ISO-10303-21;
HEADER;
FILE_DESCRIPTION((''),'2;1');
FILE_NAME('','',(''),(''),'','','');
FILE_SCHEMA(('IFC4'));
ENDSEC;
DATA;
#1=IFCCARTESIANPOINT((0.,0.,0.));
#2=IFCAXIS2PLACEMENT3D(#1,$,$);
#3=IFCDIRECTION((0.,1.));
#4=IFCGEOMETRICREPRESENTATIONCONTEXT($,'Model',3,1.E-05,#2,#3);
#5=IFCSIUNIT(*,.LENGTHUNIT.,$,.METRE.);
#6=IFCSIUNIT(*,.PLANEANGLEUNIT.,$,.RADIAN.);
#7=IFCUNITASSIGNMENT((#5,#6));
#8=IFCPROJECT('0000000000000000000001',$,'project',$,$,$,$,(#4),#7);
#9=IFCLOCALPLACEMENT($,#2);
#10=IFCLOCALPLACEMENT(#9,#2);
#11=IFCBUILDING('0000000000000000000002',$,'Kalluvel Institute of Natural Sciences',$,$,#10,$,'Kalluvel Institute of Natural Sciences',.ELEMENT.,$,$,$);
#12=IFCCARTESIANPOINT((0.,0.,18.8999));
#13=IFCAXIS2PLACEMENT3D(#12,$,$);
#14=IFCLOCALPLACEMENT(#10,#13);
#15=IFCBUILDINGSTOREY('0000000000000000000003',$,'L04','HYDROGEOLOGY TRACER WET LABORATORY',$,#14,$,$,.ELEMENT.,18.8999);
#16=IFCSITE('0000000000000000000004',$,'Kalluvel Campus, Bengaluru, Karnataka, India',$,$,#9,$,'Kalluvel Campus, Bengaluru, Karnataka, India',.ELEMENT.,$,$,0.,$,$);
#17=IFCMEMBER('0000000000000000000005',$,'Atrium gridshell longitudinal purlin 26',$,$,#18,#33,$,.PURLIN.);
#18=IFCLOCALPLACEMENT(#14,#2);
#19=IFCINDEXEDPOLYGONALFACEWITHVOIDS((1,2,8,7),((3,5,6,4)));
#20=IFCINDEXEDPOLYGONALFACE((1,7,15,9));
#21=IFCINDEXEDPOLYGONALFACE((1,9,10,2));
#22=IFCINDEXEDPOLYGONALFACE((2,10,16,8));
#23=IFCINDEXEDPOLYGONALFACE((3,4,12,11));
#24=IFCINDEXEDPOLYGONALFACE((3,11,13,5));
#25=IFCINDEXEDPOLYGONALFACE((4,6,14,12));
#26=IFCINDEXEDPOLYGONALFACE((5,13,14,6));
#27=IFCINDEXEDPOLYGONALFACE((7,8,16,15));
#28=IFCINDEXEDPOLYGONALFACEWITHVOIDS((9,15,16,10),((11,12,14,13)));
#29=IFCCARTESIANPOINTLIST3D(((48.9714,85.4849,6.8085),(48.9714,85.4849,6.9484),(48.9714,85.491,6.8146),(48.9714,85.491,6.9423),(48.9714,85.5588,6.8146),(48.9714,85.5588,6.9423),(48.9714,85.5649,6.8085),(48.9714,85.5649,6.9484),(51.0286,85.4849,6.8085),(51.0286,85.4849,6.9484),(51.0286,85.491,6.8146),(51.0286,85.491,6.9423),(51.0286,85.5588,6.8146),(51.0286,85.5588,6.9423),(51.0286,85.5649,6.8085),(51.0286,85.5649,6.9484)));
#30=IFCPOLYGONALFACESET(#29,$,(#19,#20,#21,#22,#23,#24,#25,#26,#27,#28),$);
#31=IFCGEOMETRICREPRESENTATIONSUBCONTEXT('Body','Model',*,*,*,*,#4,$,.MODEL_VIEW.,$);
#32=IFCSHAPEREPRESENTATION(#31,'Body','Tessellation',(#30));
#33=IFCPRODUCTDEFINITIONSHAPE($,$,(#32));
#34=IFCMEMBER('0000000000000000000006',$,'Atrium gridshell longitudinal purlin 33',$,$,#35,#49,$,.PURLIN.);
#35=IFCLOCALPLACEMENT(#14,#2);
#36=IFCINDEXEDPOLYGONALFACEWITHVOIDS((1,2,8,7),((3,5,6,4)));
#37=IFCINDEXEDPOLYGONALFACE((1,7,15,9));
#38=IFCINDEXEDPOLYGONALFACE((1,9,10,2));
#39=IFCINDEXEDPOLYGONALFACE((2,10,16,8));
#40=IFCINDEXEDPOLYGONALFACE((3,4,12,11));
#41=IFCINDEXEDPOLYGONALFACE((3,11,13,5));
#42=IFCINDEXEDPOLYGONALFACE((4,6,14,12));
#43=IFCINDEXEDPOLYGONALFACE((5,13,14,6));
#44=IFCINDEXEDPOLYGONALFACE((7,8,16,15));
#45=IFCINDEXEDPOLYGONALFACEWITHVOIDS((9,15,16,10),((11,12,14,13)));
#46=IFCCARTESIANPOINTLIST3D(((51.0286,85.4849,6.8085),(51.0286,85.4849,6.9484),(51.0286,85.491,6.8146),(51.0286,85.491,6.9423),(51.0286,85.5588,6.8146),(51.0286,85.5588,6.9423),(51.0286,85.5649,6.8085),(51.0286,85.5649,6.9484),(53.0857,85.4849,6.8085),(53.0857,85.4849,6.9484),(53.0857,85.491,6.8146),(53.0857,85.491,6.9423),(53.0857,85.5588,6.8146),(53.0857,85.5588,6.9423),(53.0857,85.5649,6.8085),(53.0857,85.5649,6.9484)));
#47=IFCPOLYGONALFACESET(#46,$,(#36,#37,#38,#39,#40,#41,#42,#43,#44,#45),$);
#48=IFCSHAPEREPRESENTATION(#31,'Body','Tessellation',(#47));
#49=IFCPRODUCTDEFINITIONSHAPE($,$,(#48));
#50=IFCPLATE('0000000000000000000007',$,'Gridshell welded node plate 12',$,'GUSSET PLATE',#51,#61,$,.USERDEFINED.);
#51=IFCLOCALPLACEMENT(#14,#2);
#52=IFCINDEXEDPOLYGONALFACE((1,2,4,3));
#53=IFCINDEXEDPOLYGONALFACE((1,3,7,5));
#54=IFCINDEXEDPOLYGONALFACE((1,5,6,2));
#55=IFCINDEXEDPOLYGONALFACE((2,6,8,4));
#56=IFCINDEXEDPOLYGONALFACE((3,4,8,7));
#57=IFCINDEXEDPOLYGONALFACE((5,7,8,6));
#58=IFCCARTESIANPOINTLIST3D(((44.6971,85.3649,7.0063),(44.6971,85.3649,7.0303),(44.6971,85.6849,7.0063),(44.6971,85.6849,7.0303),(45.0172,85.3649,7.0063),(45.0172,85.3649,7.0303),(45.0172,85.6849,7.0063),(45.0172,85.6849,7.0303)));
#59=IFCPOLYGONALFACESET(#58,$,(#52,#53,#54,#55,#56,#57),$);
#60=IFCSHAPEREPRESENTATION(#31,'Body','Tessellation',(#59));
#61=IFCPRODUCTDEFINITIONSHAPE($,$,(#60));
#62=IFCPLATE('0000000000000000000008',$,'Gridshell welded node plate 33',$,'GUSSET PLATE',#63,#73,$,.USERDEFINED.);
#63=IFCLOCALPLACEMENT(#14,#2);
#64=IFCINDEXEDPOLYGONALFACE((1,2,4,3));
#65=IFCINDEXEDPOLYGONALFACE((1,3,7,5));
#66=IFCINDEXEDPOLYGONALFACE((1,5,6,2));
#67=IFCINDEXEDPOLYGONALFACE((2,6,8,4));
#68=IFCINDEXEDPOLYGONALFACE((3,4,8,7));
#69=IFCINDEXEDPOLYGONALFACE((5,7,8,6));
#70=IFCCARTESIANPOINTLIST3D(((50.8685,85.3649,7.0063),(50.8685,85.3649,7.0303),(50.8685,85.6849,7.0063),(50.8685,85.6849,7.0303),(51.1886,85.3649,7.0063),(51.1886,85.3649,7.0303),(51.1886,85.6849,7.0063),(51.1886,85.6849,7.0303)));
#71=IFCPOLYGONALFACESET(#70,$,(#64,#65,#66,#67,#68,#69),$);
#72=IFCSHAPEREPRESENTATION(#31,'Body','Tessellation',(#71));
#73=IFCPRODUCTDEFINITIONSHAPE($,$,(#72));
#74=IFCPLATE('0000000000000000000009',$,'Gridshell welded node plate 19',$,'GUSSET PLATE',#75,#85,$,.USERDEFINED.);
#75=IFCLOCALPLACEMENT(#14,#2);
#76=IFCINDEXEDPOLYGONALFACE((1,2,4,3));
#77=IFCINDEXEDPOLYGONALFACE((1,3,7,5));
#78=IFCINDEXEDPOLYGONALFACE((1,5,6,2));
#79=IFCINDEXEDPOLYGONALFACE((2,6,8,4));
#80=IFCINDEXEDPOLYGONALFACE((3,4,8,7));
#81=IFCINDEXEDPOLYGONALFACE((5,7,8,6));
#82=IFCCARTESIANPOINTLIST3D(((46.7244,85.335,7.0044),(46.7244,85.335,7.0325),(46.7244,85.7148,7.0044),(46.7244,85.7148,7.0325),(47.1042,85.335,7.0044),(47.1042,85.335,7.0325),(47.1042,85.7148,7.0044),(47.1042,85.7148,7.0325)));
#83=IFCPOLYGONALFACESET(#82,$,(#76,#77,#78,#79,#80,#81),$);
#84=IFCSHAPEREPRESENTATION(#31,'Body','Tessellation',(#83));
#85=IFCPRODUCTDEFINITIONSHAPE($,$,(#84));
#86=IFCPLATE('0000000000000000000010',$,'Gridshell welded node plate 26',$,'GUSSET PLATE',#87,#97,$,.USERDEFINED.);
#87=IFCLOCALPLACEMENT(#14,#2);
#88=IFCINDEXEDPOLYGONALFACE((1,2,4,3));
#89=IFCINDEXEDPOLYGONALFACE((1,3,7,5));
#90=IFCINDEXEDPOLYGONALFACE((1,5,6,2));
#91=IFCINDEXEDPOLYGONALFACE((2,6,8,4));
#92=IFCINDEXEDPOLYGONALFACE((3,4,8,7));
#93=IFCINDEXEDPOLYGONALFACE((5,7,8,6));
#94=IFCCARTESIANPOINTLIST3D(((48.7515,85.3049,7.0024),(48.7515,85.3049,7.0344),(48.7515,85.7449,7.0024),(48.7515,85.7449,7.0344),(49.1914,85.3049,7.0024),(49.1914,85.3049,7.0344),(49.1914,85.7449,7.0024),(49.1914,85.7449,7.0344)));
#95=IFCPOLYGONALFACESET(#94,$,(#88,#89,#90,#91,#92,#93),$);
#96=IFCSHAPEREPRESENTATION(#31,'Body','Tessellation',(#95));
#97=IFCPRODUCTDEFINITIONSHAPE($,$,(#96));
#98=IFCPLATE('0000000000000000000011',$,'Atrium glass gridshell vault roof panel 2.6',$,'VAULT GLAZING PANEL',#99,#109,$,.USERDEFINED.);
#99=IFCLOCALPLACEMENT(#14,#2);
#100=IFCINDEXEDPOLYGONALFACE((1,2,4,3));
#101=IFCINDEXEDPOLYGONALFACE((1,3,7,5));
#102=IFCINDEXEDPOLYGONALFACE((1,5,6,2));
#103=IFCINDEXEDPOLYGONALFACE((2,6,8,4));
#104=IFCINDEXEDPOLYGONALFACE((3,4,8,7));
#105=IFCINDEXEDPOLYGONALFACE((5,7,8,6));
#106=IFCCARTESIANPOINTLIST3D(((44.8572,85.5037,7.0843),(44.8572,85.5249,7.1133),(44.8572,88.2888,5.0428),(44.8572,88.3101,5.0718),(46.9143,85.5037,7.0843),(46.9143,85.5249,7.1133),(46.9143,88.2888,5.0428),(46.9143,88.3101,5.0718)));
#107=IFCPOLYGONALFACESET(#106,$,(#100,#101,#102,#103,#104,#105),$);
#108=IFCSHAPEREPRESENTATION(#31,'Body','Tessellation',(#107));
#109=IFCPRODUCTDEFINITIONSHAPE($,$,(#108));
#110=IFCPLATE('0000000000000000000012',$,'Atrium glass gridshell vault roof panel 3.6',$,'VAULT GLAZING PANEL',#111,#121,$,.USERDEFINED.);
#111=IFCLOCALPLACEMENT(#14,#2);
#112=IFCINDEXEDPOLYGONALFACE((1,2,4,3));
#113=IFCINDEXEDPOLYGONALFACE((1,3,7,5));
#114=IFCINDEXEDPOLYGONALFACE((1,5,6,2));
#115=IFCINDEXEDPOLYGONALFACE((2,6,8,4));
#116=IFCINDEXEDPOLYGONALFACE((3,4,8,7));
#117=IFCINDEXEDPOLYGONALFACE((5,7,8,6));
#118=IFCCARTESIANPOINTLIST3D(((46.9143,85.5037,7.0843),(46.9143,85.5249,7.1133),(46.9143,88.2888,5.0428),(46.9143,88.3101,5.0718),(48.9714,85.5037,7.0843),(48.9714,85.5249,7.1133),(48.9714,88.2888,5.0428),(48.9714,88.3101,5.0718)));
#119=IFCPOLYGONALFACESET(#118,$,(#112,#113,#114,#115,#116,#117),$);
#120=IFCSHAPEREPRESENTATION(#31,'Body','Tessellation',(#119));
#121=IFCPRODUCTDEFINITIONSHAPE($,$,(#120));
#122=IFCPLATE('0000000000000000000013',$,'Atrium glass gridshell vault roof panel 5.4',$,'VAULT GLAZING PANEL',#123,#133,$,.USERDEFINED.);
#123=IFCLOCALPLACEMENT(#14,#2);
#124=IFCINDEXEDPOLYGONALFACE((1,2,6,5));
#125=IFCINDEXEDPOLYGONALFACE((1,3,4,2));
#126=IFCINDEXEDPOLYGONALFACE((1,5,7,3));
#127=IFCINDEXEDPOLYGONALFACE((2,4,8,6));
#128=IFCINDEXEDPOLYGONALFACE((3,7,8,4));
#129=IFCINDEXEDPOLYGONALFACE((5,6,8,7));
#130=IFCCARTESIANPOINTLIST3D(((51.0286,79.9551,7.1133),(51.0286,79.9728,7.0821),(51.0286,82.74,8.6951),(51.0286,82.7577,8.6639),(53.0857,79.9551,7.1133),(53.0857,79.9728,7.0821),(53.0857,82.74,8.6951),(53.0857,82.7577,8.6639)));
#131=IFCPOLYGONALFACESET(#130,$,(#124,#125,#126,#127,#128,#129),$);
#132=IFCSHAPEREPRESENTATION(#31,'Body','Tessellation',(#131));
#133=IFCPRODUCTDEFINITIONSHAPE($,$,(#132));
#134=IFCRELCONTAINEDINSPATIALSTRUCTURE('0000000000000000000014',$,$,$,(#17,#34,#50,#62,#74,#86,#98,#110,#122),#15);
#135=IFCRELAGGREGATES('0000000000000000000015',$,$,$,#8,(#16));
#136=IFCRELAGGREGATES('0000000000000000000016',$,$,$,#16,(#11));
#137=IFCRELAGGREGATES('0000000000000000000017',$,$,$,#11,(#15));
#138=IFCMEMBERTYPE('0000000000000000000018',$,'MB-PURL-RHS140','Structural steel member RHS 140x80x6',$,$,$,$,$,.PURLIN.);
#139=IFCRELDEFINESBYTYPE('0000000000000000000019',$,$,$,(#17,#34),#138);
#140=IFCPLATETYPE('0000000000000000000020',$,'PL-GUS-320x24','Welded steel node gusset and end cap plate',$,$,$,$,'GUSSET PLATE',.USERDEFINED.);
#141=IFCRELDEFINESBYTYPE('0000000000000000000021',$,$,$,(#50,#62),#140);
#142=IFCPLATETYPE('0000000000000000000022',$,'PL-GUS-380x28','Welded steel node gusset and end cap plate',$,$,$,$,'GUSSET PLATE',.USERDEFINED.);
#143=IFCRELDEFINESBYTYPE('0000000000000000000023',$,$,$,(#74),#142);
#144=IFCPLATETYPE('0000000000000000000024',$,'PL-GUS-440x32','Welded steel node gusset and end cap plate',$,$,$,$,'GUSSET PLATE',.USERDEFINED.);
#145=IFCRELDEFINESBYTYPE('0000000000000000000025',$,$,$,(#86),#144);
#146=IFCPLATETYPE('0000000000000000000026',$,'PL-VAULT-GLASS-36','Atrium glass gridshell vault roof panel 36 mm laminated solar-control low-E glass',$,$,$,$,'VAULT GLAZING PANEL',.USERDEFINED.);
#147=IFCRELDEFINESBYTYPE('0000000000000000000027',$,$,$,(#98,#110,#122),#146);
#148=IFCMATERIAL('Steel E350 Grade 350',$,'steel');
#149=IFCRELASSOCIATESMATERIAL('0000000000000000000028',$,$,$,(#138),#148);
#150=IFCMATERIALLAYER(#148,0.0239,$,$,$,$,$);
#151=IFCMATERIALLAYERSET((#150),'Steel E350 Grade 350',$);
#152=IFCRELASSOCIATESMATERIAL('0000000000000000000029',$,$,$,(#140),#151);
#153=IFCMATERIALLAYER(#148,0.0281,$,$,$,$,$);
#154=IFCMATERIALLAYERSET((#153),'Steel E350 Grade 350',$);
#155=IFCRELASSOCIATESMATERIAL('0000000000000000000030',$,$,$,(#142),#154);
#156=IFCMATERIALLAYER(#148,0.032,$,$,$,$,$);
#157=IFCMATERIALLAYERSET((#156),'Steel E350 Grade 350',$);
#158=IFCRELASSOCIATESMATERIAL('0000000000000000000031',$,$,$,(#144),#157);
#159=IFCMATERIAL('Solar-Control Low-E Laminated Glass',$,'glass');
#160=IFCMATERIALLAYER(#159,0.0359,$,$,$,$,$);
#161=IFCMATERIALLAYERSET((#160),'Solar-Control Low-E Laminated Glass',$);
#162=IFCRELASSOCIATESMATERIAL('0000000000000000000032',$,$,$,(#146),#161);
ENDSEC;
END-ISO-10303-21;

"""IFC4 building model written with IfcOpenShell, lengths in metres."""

from ifc_helpers import new_model, si_unit, direction, frame, origin, origin_2d, place, context, subcontext, project, spatial, polyline, rectangle, hollow_rectangle, outline, extrude, material, layer, layer_set, material_profile, profile_set, type_object, element, save


model = new_model("IFC4")

# Units and contexts
model_context = context("Model", 3, precision=1e-05, world=origin(), true_north=direction((0.0, 1.0)))
body_context = subcontext(model_context, "Body", "Model", "MODEL_VIEW")
ifc_project = project(units=[si_unit("LENGTHUNIT", "METRE"), si_unit("PLANEANGLEUNIT", "RADIAN")], contexts=[model_context])

# Site, building, storey
site_placement = place(None, origin())
site = spatial("IfcSite", under=ifc_project, at=site_placement, Name="Kalluvel Campus, Bengaluru, Karnataka, India", LongName="Kalluvel Campus, Bengaluru, Karnataka, India", CompositionType="ELEMENT", RefElevation=0.0)
building_placement = place(site_placement, origin())
building = spatial("IfcBuilding", under=site, at=building_placement, Name="Kalluvel Institute of Natural Sciences", LongName="Kalluvel Institute of Natural Sciences", CompositionType="ELEMENT")
storey_placement = place(building_placement, frame((0.0, 0.0, 18.8999)))
storey = spatial("IfcBuildingStorey", under=building, at=storey_placement, Name="L04", Description="HYDROGEOLOGY TRACER WET LABORATORY", CompositionType="ELEMENT", Elevation=18.8999)

# Members
ifc_material_1 = material(Name="Steel E350 Grade 350", Category="steel")
ifc_material_profile_1 = material_profile(ifc_material_1, hollow_rectangle(XDim=0.0801, YDim=0.1399, WallThickness=0.0061, at=origin_2d()), Name="RHS 140x80x6")
ifc_profile_set_1 = profile_set([ifc_material_profile_1], Name="Steel E350 Grade 350")
member_type_1 = type_object("IfcMemberType", Name="MB-PURL-RHS140", Description="Structural steel member RHS 140x80x6", PredefinedType="PURLIN", material=ifc_profile_set_1)
for number, where, z_axis, x_axis, name in (
    (1, (48.9714, 85.5249, 6.8784), (1.0, 0.0, 0.0), (0.0, 1.0, 0.0), "Atrium gridshell longitudinal purlin 26"),
    (2, (51.0286, 85.5249, 6.8784), (1.0, 0.0, 0.0), (0.0, 1.0, 0.0), "Atrium gridshell longitudinal purlin 33"),
):
    element("IfcMember", number, at=place(storey_placement, frame(where, z_axis=z_axis, x_axis=x_axis)), inside=storey, type_object=member_type_1, Name=name, PredefinedType="PURLIN", context=body_context, shape_type="SweptSolid", body=[
        extrude(hollow_rectangle(XDim=0.0801, YDim=0.1399, WallThickness=0.0061, at=origin_2d()), origin(), (0.0, 0.0, 1.0), 2.0571),
    ])

# Plates
ifc_layer_1 = layer(ifc_material_1, 0.0239)
ifc_layer_set_1 = layer_set([ifc_layer_1], Name="Steel E350 Grade 350")
plate_type_1 = type_object("IfcPlateType", Name="PL-GUS-320x24", Description="Welded steel node gusset and end cap plate", ElementType="GUSSET PLATE", PredefinedType="USERDEFINED", material=ifc_layer_set_1)
for number, where, z_axis, x_axis, name in (
    (3, (44.8572, 85.5249, 7.0063), (0.0, 0.0, 1.0), (1.0, 0.0, 0.0), "Gridshell welded node plate 12"),
    (4, (51.0286, 85.5249, 7.0063), (0.0, 0.0, 1.0), (1.0, 0.0, 0.0), "Gridshell welded node plate 33"),
):
    element("IfcPlate", number, at=place(storey_placement, frame(where, z_axis=z_axis, x_axis=x_axis)), inside=storey, type_object=plate_type_1, Name=name, ObjectType="GUSSET PLATE", PredefinedType="USERDEFINED", context=body_context, shape_type="SweptSolid", body=[
        extrude(rectangle(XDim=0.3201, YDim=0.3201, at=origin_2d()), origin(), (0.0, 0.0, 1.0), 0.0239),
    ])
ifc_layer_2 = layer(ifc_material_1, 0.0281)
ifc_layer_set_2 = layer_set([ifc_layer_2], Name="Steel E350 Grade 350")
plate_type_2 = type_object("IfcPlateType", Name="PL-GUS-380x28", Description="Welded steel node gusset and end cap plate", ElementType="GUSSET PLATE", PredefinedType="USERDEFINED", material=ifc_layer_set_2)
plate_1_placement = place(storey_placement, frame((46.9143, 85.5249, 7.0044), z_axis=(0.0, 0.0, 1.0), x_axis=(1.0, 0.0, 0.0)))
element("IfcPlate", 5, at=plate_1_placement, inside=storey, type_object=plate_type_2, Name="Gridshell welded node plate 19", ObjectType="GUSSET PLATE", PredefinedType="USERDEFINED", context=body_context, shape_type="SweptSolid", body=[
    extrude(rectangle(XDim=0.3799, YDim=0.3799, at=origin_2d()), origin(), (0.0, 0.0, 1.0), 0.0281),
])
ifc_layer_3 = layer(ifc_material_1, 0.032)
ifc_layer_set_3 = layer_set([ifc_layer_3], Name="Steel E350 Grade 350")
plate_type_3 = type_object("IfcPlateType", Name="PL-GUS-440x32", Description="Welded steel node gusset and end cap plate", ElementType="GUSSET PLATE", PredefinedType="USERDEFINED", material=ifc_layer_set_3)
plate_2_placement = place(storey_placement, frame((48.9714, 85.5249, 7.0024), z_axis=(0.0, 0.0, 1.0), x_axis=(1.0, 0.0, 0.0)))
element("IfcPlate", 6, at=plate_2_placement, inside=storey, type_object=plate_type_3, Name="Gridshell welded node plate 26", ObjectType="GUSSET PLATE", PredefinedType="USERDEFINED", context=body_context, shape_type="SweptSolid", body=[
    extrude(rectangle(XDim=0.4399, YDim=0.4399, at=origin_2d()), origin(), (0.0, 0.0, 1.0), 0.032),
])
ifc_material_2 = material(Name="Solar-Control Low-E Laminated Glass", Category="glass")
ifc_layer_4 = layer(ifc_material_2, 0.0359)
ifc_layer_set_4 = layer_set([ifc_layer_4], Name="Solar-Control Low-E Laminated Glass")
plate_type_4 = type_object("IfcPlateType", Name="PL-VAULT-GLASS-36", Description="Atrium glass gridshell vault roof panel 36 mm laminated solar-control low-E glass", ElementType="VAULT GLAZING PANEL", PredefinedType="USERDEFINED", material=ifc_layer_set_4)
for number, where, z_axis, x_axis, name in (
    (7, (44.8572, 85.5249, 7.1133), (0.0, 0.591186, 0.806535), (1.0, 0.0, 0.0), "Atrium glass gridshell vault roof panel 2.6"),
    (8, (46.9143, 85.5249, 7.1133), (0.0, 0.591186, 0.806535), (1.0, 0.0, 0.0), "Atrium glass gridshell vault roof panel 3.6"),
):
    element("IfcPlate", number, at=place(storey_placement, frame(where, z_axis=z_axis, x_axis=x_axis)), inside=storey, type_object=plate_type_4, Name=name, ObjectType="VAULT GLAZING PANEL", PredefinedType="USERDEFINED", context=body_context, shape_type="SweptSolid", body=[
        extrude(outline(polyline([(0.0, 0.0), (2.0571, 0.0), (2.0571, 3.4532), (0.0, 3.4532), (0.0, 0.0)])), origin(), (0.0, 0.0, -1.0), 0.0359),
    ])
plate_3_placement = place(storey_placement, frame((51.0286, 79.9551, 7.1133), z_axis=(0.0, -0.49388, 0.86953), x_axis=(1.0, 0.0, 0.0)))
element("IfcPlate", 9, at=plate_3_placement, inside=storey, type_object=plate_type_4, Name="Atrium glass gridshell vault roof panel 5.4", ObjectType="VAULT GLAZING PANEL", PredefinedType="USERDEFINED", context=body_context, shape_type="SweptSolid", body=[
    extrude(outline(polyline([(0.0, 0.0), (2.0571, 0.0), (2.0571, 3.2028), (0.0, 3.2028), (0.0, 0.0)])), origin(), (0.0, 0.0, -1.0), 0.0359),
])

save(model, "model.ifc")
